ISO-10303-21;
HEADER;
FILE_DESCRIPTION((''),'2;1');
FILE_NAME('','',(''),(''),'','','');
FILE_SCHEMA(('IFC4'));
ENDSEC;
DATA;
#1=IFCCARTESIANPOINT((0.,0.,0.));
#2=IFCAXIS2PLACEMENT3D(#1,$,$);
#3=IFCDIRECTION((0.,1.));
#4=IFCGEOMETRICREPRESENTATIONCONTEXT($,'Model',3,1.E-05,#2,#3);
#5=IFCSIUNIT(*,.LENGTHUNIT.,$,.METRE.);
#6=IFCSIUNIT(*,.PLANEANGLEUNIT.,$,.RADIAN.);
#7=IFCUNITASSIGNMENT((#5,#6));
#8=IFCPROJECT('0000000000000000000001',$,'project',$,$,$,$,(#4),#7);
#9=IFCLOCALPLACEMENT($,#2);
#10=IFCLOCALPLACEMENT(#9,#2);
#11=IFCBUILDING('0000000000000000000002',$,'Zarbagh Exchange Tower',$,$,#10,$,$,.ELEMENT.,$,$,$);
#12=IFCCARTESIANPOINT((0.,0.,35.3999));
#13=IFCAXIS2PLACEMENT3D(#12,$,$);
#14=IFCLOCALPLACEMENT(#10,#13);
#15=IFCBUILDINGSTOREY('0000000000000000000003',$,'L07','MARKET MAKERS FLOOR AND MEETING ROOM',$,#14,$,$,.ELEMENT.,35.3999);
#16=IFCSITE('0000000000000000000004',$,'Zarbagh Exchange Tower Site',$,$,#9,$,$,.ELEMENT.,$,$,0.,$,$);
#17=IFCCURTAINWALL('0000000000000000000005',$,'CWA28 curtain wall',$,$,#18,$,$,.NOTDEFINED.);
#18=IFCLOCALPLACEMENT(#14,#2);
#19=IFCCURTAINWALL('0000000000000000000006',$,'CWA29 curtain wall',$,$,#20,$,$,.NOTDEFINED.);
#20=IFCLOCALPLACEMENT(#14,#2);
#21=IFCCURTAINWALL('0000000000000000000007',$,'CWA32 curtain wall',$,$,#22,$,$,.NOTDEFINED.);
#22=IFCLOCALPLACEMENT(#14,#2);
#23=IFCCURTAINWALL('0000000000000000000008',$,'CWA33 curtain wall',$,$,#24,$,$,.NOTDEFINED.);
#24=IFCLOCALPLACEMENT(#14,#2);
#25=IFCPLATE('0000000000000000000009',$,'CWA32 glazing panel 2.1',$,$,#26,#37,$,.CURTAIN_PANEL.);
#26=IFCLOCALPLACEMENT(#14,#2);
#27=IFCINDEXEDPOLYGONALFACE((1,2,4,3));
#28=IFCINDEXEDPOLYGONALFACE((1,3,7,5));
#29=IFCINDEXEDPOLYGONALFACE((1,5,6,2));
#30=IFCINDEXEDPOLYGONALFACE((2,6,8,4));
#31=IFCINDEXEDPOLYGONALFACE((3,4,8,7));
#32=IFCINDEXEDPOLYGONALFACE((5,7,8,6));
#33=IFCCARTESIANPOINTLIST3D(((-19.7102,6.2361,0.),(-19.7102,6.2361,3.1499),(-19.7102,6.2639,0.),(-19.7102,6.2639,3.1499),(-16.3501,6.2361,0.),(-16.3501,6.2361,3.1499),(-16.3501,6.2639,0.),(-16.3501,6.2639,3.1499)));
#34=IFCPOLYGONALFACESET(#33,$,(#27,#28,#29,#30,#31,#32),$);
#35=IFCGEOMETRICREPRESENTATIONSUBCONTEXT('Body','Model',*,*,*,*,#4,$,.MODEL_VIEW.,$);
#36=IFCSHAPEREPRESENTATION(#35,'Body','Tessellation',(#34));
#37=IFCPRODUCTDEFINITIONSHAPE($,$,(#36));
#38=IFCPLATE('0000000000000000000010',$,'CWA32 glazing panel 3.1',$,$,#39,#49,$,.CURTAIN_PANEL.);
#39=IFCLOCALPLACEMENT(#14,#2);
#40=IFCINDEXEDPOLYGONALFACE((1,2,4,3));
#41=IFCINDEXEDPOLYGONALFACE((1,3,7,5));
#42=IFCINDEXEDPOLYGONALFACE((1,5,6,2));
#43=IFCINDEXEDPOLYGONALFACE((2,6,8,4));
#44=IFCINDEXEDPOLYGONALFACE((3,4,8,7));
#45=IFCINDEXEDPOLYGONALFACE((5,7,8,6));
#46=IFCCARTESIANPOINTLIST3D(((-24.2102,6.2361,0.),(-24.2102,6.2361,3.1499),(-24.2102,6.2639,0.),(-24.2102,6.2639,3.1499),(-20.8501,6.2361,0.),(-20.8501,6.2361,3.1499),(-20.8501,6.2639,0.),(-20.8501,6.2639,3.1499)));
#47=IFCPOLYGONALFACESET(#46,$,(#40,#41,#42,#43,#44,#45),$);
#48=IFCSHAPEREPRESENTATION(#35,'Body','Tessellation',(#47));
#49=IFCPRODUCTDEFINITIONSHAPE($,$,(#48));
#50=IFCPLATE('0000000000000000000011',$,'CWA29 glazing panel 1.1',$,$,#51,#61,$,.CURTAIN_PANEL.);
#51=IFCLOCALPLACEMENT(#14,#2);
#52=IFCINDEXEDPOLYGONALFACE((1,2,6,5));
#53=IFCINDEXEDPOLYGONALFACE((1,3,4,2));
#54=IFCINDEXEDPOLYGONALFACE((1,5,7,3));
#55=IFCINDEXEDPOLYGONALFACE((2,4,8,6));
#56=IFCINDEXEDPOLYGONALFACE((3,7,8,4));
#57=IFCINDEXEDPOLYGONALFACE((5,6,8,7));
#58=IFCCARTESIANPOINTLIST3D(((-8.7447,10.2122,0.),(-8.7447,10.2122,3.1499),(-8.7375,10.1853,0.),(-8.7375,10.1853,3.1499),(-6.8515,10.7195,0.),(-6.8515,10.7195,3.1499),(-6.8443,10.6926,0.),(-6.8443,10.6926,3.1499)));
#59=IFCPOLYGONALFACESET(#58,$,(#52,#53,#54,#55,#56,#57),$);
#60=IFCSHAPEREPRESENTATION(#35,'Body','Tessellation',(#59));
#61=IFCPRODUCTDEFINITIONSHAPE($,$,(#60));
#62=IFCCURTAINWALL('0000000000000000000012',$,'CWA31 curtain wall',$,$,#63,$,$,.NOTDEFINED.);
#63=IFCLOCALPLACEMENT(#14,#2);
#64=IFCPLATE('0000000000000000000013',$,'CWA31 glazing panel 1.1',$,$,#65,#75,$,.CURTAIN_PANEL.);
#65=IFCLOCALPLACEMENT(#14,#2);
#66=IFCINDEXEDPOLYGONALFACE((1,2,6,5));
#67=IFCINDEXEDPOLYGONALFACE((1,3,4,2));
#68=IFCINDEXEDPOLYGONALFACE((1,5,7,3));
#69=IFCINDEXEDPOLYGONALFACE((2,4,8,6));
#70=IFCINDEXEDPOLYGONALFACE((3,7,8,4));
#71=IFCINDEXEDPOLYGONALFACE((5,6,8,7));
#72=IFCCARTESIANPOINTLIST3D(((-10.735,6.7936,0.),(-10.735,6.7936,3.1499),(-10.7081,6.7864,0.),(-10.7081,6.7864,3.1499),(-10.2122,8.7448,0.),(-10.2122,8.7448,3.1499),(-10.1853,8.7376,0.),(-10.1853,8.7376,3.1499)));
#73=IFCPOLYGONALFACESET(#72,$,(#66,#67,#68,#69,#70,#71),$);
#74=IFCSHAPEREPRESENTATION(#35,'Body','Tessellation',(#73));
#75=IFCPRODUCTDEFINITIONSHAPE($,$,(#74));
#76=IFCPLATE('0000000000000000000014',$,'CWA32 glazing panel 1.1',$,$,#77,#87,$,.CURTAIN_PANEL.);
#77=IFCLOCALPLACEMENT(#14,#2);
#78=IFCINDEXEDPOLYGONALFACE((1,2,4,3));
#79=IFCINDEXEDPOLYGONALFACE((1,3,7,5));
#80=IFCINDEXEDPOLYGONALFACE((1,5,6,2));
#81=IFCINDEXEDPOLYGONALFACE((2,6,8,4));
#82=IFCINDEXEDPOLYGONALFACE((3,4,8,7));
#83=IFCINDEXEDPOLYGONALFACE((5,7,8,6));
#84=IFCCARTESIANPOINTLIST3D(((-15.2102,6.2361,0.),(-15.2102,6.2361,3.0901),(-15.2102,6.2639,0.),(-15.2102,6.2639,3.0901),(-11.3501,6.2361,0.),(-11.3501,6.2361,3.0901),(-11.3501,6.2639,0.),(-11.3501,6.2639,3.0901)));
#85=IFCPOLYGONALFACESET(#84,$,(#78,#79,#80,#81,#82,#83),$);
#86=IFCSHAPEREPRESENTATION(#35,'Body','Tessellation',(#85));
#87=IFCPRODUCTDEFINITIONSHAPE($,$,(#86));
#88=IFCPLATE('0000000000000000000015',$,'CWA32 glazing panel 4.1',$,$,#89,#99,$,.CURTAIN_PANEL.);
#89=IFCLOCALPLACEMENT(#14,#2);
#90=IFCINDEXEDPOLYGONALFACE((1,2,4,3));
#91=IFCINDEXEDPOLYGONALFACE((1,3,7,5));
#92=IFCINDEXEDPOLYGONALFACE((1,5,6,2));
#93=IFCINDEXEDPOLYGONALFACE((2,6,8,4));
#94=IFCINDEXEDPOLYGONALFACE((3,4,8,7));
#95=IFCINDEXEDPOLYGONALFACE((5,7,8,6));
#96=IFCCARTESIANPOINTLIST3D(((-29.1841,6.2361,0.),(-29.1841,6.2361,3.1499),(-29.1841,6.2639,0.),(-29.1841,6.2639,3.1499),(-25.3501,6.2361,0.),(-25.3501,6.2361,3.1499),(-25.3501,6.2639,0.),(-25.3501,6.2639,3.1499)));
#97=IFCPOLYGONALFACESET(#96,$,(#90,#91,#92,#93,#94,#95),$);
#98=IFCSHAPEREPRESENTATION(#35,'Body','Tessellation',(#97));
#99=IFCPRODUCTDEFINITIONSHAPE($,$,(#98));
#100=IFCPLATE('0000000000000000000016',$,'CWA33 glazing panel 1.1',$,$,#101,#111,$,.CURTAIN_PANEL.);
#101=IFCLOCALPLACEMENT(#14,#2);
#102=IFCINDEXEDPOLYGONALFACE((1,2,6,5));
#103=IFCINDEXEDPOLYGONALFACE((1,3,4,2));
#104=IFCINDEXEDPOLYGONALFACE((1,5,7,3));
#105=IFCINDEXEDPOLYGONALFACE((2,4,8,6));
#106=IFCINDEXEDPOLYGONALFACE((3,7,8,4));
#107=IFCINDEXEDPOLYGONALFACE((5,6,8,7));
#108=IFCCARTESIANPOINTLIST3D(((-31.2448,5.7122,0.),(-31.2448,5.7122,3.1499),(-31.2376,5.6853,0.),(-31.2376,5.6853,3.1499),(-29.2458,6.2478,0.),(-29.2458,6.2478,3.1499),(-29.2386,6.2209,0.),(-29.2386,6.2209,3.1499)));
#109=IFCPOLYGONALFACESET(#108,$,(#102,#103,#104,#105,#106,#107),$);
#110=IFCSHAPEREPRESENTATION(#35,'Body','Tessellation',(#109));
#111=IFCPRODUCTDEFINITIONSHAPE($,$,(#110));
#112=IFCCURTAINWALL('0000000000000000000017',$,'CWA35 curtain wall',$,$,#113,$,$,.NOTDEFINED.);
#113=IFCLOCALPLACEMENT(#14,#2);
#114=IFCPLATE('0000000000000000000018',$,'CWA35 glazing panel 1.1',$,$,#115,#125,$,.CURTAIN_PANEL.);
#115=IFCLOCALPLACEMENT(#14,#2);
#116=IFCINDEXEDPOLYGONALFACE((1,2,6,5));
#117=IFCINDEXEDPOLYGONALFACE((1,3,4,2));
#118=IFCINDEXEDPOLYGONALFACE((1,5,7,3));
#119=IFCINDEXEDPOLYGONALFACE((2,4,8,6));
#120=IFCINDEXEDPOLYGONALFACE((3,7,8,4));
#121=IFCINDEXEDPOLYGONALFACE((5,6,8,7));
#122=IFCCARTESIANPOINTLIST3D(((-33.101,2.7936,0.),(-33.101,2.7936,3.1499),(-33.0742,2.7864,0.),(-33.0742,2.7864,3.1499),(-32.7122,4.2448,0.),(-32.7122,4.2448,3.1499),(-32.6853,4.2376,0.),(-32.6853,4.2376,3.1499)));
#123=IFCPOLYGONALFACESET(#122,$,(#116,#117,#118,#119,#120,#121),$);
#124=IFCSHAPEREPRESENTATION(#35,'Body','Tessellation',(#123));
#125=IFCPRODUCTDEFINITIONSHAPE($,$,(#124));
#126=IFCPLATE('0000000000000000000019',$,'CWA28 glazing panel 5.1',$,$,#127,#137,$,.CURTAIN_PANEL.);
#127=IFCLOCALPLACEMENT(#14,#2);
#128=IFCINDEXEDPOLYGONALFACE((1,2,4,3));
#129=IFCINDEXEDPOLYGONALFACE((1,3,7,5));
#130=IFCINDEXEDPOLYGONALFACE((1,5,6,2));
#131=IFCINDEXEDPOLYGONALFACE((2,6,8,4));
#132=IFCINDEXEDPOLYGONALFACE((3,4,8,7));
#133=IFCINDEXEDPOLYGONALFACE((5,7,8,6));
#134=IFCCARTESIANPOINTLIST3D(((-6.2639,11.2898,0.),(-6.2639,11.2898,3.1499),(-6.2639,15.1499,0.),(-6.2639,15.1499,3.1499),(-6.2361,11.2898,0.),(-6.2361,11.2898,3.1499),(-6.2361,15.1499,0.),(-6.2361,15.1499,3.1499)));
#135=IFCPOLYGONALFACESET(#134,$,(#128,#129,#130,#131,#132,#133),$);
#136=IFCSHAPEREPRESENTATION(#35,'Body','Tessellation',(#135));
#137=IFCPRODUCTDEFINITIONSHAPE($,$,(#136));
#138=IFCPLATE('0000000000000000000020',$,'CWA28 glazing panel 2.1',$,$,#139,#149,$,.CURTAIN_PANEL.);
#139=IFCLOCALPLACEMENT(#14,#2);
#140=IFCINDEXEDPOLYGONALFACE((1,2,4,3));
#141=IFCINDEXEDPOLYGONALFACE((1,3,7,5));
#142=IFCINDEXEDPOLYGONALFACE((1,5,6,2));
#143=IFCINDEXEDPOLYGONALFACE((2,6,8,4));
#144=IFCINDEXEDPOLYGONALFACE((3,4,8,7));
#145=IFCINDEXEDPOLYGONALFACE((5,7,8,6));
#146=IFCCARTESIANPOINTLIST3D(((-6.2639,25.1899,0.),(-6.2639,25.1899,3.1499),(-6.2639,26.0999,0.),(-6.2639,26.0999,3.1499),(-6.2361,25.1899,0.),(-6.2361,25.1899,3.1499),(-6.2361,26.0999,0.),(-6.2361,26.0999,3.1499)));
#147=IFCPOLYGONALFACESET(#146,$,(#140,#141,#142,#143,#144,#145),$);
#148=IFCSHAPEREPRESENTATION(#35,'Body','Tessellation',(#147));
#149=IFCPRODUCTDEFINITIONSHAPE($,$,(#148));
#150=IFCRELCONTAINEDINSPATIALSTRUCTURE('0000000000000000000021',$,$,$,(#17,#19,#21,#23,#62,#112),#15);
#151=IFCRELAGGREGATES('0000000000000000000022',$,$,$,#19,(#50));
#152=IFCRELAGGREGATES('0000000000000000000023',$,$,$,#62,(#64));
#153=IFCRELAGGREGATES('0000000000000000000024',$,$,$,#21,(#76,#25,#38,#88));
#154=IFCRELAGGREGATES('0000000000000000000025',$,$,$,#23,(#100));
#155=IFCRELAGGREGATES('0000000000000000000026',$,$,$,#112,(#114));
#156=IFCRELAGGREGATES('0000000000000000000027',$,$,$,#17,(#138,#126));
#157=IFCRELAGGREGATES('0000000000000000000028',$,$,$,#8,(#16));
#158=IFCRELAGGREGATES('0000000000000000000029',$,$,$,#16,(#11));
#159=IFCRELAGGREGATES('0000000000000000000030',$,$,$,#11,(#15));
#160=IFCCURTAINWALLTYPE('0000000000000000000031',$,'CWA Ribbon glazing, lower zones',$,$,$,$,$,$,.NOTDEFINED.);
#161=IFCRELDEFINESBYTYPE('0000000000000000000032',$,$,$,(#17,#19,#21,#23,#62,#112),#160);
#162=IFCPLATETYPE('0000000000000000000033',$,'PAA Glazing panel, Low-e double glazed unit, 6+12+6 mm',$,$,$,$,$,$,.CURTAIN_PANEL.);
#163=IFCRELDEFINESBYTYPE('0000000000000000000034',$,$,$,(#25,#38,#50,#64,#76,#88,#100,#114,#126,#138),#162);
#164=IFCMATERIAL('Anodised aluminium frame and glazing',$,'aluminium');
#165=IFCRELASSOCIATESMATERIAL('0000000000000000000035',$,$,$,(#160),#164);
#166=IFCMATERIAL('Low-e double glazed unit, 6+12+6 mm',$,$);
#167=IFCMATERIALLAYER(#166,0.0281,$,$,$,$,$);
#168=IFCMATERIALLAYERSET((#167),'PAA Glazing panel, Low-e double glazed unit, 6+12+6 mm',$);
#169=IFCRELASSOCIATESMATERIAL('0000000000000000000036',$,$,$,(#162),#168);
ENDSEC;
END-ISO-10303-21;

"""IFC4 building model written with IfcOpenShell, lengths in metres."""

from ifc_helpers import new_model, si_unit, direction, frame, origin, place, context, subcontext, project, spatial, polyline, outline, extrude, source, transform, mapped, material, layer, layer_set, type_object, element, aggregate, save


model = new_model("IFC4")

# Units and contexts
model_context = context("Model", 3, precision=1e-05, world=origin(), true_north=direction((0.0, 1.0)))
body_context = subcontext(model_context, "Body", "Model", "MODEL_VIEW")
ifc_project = project(units=[si_unit("LENGTHUNIT", "METRE"), si_unit("PLANEANGLEUNIT", "RADIAN")], contexts=[model_context])

# Site, building, storey
site_placement = place(None, origin())
site = spatial("IfcSite", under=ifc_project, at=site_placement, Name="Zarbagh Exchange Tower Site", CompositionType="ELEMENT", RefElevation=0.0)
building_placement = place(site_placement, origin())
building = spatial("IfcBuilding", under=site, at=building_placement, Name="Zarbagh Exchange Tower", CompositionType="ELEMENT")
storey_placement = place(building_placement, frame((0.0, 0.0, 35.3999)))
storey = spatial("IfcBuildingStorey", under=building, at=storey_placement, Name="L07", Description="MARKET MAKERS FLOOR AND MEETING ROOM", CompositionType="ELEMENT", Elevation=35.3999)

# Curtain wall
ifc_material_1 = material(Name="Anodised aluminium frame and glazing", Category="aluminium")
curtain_wall_type = type_object("IfcCurtainWallType", Name="CWA Ribbon glazing, lower zones", PredefinedType="NOTDEFINED", material=ifc_material_1)
curtain_wall_1_placement = place(storey_placement, origin())
curtain_wall_1 = element("IfcCurtainWall", 1, at=curtain_wall_1_placement, inside=storey, type_object=curtain_wall_type, Name="CWA28 curtain wall", PredefinedType="NOTDEFINED")
placement = place(storey_placement, origin())

# Curtain wall
curtain_wall_2_placement = place(storey_placement, origin())
curtain_wall_2 = element("IfcCurtainWall", 2, at=curtain_wall_2_placement, inside=storey, type_object=curtain_wall_type, Name="CWA29 curtain wall", PredefinedType="NOTDEFINED")

# Curtain wall
curtain_wall_3_placement = place(storey_placement, origin())
curtain_wall_3 = element("IfcCurtainWall", 3, at=curtain_wall_3_placement, inside=storey, type_object=curtain_wall_type, Name="CWA32 curtain wall", PredefinedType="NOTDEFINED")

# Curtain wall
curtain_wall_4_placement = place(storey_placement, origin())
curtain_wall_4 = element("IfcCurtainWall", 4, at=curtain_wall_4_placement, inside=storey, type_object=curtain_wall_type, Name="CWA33 curtain wall", PredefinedType="NOTDEFINED")

# Shared definitions
ifc_material_2 = material(Name="Low-e double glazed unit, 6+12+6 mm")
ifc_layer = layer(ifc_material_2, 0.0281)
ifc_layer_set = layer_set([ifc_layer], Name="PAA Glazing panel, Low-e double glazed unit, 6+12+6 mm")
plate_type = type_object("IfcPlateType", Name="PAA Glazing panel, Low-e double glazed unit, 6+12+6 mm", PredefinedType="CURTAIN_PANEL", material=ifc_layer_set)

# Plates
shared_shape_1 = source(origin(), body_context, "Body", "SweptSolid", [
    extrude(outline(polyline([(0.0, -0.0139), (3.3601, -0.0139), (3.3601, 0.0139), (0.0, 0.0139), (0.0, -0.0139)])), origin(), (0.0, 0.0, 1.0), 3.1499),
])
plate_1 = element("IfcPlate", 5, at=placement, type_object=plate_type, Name="CWA32 glazing panel 2.1", PredefinedType="CURTAIN_PANEL", context=body_context, shape_type="MappedRepresentation", body=[
    mapped(shared_shape_1, transform((-16.3501, 6.25, 0.0), x_axis=(-1.0, 0.0, 0.0), y_axis=(0.0, -1.0, 0.0), z_axis=(0.0, 0.0, 1.0))),
])
plate_2 = element("IfcPlate", 6, at=placement, type_object=plate_type, Name="CWA32 glazing panel 3.1", PredefinedType="CURTAIN_PANEL", context=body_context, shape_type="MappedRepresentation", body=[
    mapped(shared_shape_1, transform((-20.8501, 6.25, 0.0), x_axis=(-1.0, 0.0, 0.0), y_axis=(0.0, -1.0, 0.0), z_axis=(0.0, 0.0, 1.0))),
])
shared_shape_2 = source(origin(), body_context, "Body", "SweptSolid", [
    extrude(outline(polyline([(0.0, -0.0139), (1.96, -0.0139), (1.96, 0.0139), (0.0, 0.0139), (0.0, -0.0139)])), origin(), (0.0, 0.0, 1.0), 3.1499),
])
plate_3 = element("IfcPlate", 7, at=placement, type_object=plate_type, Name="CWA29 glazing panel 1.1", PredefinedType="CURTAIN_PANEL", context=body_context, shape_type="MappedRepresentation", body=[
    mapped(shared_shape_2, transform((-6.8479, 10.7061, 0.0), x_axis=(-0.965924, -0.258825, 0.0), y_axis=(0.258825, -0.965924, 0.0), z_axis=(0.0, 0.0, 1.0))),
])
aggregate(curtain_wall_2, [plate_3])

# Curtain wall, plate
curtain_wall_5_placement = place(storey_placement, origin())
curtain_wall_5 = element("IfcCurtainWall", 8, at=curtain_wall_5_placement, inside=storey, type_object=curtain_wall_type, Name="CWA31 curtain wall", PredefinedType="NOTDEFINED")
shared_shape_3 = source(origin(), body_context, "Body", "SweptSolid", [
    extrude(outline(polyline([(0.0, -0.0139), (2.02, -0.0139), (2.02, 0.0139), (0.0, 0.0139), (0.0, -0.0139)])), origin(), (0.0, 0.0, 1.0), 3.1499),
])
plate_4 = element("IfcPlate", 9, at=placement, type_object=plate_type, Name="CWA31 glazing panel 1.1", PredefinedType="CURTAIN_PANEL", context=body_context, shape_type="MappedRepresentation", body=[
    mapped(shared_shape_3, transform((-10.1987, 8.7412, 0.0), x_axis=(-0.258825, -0.965924, 0.0), y_axis=(0.965924, -0.258825, 0.0), z_axis=(0.0, 0.0, 1.0))),
])
aggregate(curtain_wall_5, [plate_4])

# Plates
shared_shape_4 = source(origin(), body_context, "Body", "SweptSolid", [
    extrude(outline(polyline([(0.0, -0.0139), (3.8601, -0.0139), (3.8601, 0.0139), (0.0, 0.0139), (0.0, -0.0139)])), origin(), (0.0, 0.0, 1.0), 3.0901),
])
plate_5 = element("IfcPlate", 10, at=placement, type_object=plate_type, Name="CWA32 glazing panel 1.1", PredefinedType="CURTAIN_PANEL", context=body_context, shape_type="MappedRepresentation", body=[
    mapped(shared_shape_4, transform((-11.3501, 6.25, 0.0), x_axis=(-1.0, 0.0, 0.0), y_axis=(0.0, -1.0, 0.0), z_axis=(0.0, 0.0, 1.0))),
])
shared_shape_5 = source(origin(), body_context, "Body", "SweptSolid", [
    extrude(outline(polyline([(0.0, -0.0139), (3.834, -0.0139), (3.834, 0.0139), (0.0, 0.0139), (0.0, -0.0139)])), origin(), (0.0, 0.0, 1.0), 3.1499),
])
plate_6 = element("IfcPlate", 11, at=placement, type_object=plate_type, Name="CWA32 glazing panel 4.1", PredefinedType="CURTAIN_PANEL", context=body_context, shape_type="MappedRepresentation", body=[
    mapped(shared_shape_5, transform((-25.3501, 6.25, 0.0), x_axis=(-1.0, 0.0, 0.0), y_axis=(0.0, -1.0, 0.0), z_axis=(0.0, 0.0, 1.0))),
])
aggregate(curtain_wall_3, [plate_5, plate_1, plate_2, plate_6])
shared_shape_6 = source(origin(), body_context, "Body", "SweptSolid", [
    extrude(outline(polyline([(0.0, -0.0139), (2.0696, -0.0139), (2.0696, 0.0139), (0.0, 0.0139), (0.0, -0.0139)])), origin(), (0.0, 0.0, 1.0), 3.1499),
])
plate_7 = element("IfcPlate", 12, at=placement, type_object=plate_type, Name="CWA33 glazing panel 1.1", PredefinedType="CURTAIN_PANEL", context=body_context, shape_type="MappedRepresentation", body=[
    mapped(shared_shape_6, transform((-29.2422, 6.2344, 0.0), x_axis=(-0.965924, -0.258825, 0.0), y_axis=(0.258825, -0.965924, 0.0), z_axis=(0.0, 0.0, 1.0))),
])
aggregate(curtain_wall_4, [plate_7])

# Curtain wall, plate
curtain_wall_6_placement = place(storey_placement, origin())
curtain_wall_6 = element("IfcCurtainWall", 13, at=curtain_wall_6_placement, inside=storey, type_object=curtain_wall_type, Name="CWA35 curtain wall", PredefinedType="NOTDEFINED")
shared_shape_7 = source(origin(), body_context, "Body", "SweptSolid", [
    extrude(outline(polyline([(0.0, -0.0139), (1.5024, -0.0139), (1.5024, 0.0139), (0.0, 0.0139), (0.0, -0.0139)])), origin(), (0.0, 0.0, 1.0), 3.1499),
])
plate_8 = element("IfcPlate", 14, at=placement, type_object=plate_type, Name="CWA35 glazing panel 1.1", PredefinedType="CURTAIN_PANEL", context=body_context, shape_type="MappedRepresentation", body=[
    mapped(shared_shape_7, transform((-32.6987, 4.2412, 0.0), x_axis=(-0.258825, -0.965924, 0.0), y_axis=(0.965924, -0.258825, 0.0), z_axis=(0.0, 0.0, 1.0))),
])
aggregate(curtain_wall_6, [plate_8])

# Plates
shared_shape_8 = source(origin(), body_context, "Body", "SweptSolid", [
    extrude(outline(polyline([(0.0, -0.0139), (3.8601, -0.0139), (3.8601, 0.0139), (0.0, 0.0139), (0.0, -0.0139)])), origin(), (0.0, 0.0, 1.0), 3.1499),
])
plate_9 = element("IfcPlate", 15, at=placement, type_object=plate_type, Name="CWA28 glazing panel 5.1", PredefinedType="CURTAIN_PANEL", context=body_context, shape_type="MappedRepresentation", body=[
    mapped(shared_shape_8, transform((-6.25, 15.1499, 0.0), x_axis=(0.0, -1.0, 0.0), y_axis=(1.0, 0.0, 0.0), z_axis=(0.0, 0.0, 1.0))),
])
shared_shape_9 = source(origin(), body_context, "Body", "SweptSolid", [
    extrude(outline(polyline([(0.0, -0.0139), (0.9099, -0.0139), (0.9099, 0.0139), (0.0, 0.0139), (0.0, -0.0139)])), origin(), (0.0, 0.0, 1.0), 3.1499),
])
plate_10 = element("IfcPlate", 16, at=placement, type_object=plate_type, Name="CWA28 glazing panel 2.1", PredefinedType="CURTAIN_PANEL", context=body_context, shape_type="MappedRepresentation", body=[
    mapped(shared_shape_9, transform((-6.25, 26.0999, 0.0), x_axis=(0.0, -1.0, 0.0), y_axis=(1.0, 0.0, 0.0), z_axis=(0.0, 0.0, 1.0))),
])
aggregate(curtain_wall_1, [plate_10, plate_9])

save(model, "model.ifc")
